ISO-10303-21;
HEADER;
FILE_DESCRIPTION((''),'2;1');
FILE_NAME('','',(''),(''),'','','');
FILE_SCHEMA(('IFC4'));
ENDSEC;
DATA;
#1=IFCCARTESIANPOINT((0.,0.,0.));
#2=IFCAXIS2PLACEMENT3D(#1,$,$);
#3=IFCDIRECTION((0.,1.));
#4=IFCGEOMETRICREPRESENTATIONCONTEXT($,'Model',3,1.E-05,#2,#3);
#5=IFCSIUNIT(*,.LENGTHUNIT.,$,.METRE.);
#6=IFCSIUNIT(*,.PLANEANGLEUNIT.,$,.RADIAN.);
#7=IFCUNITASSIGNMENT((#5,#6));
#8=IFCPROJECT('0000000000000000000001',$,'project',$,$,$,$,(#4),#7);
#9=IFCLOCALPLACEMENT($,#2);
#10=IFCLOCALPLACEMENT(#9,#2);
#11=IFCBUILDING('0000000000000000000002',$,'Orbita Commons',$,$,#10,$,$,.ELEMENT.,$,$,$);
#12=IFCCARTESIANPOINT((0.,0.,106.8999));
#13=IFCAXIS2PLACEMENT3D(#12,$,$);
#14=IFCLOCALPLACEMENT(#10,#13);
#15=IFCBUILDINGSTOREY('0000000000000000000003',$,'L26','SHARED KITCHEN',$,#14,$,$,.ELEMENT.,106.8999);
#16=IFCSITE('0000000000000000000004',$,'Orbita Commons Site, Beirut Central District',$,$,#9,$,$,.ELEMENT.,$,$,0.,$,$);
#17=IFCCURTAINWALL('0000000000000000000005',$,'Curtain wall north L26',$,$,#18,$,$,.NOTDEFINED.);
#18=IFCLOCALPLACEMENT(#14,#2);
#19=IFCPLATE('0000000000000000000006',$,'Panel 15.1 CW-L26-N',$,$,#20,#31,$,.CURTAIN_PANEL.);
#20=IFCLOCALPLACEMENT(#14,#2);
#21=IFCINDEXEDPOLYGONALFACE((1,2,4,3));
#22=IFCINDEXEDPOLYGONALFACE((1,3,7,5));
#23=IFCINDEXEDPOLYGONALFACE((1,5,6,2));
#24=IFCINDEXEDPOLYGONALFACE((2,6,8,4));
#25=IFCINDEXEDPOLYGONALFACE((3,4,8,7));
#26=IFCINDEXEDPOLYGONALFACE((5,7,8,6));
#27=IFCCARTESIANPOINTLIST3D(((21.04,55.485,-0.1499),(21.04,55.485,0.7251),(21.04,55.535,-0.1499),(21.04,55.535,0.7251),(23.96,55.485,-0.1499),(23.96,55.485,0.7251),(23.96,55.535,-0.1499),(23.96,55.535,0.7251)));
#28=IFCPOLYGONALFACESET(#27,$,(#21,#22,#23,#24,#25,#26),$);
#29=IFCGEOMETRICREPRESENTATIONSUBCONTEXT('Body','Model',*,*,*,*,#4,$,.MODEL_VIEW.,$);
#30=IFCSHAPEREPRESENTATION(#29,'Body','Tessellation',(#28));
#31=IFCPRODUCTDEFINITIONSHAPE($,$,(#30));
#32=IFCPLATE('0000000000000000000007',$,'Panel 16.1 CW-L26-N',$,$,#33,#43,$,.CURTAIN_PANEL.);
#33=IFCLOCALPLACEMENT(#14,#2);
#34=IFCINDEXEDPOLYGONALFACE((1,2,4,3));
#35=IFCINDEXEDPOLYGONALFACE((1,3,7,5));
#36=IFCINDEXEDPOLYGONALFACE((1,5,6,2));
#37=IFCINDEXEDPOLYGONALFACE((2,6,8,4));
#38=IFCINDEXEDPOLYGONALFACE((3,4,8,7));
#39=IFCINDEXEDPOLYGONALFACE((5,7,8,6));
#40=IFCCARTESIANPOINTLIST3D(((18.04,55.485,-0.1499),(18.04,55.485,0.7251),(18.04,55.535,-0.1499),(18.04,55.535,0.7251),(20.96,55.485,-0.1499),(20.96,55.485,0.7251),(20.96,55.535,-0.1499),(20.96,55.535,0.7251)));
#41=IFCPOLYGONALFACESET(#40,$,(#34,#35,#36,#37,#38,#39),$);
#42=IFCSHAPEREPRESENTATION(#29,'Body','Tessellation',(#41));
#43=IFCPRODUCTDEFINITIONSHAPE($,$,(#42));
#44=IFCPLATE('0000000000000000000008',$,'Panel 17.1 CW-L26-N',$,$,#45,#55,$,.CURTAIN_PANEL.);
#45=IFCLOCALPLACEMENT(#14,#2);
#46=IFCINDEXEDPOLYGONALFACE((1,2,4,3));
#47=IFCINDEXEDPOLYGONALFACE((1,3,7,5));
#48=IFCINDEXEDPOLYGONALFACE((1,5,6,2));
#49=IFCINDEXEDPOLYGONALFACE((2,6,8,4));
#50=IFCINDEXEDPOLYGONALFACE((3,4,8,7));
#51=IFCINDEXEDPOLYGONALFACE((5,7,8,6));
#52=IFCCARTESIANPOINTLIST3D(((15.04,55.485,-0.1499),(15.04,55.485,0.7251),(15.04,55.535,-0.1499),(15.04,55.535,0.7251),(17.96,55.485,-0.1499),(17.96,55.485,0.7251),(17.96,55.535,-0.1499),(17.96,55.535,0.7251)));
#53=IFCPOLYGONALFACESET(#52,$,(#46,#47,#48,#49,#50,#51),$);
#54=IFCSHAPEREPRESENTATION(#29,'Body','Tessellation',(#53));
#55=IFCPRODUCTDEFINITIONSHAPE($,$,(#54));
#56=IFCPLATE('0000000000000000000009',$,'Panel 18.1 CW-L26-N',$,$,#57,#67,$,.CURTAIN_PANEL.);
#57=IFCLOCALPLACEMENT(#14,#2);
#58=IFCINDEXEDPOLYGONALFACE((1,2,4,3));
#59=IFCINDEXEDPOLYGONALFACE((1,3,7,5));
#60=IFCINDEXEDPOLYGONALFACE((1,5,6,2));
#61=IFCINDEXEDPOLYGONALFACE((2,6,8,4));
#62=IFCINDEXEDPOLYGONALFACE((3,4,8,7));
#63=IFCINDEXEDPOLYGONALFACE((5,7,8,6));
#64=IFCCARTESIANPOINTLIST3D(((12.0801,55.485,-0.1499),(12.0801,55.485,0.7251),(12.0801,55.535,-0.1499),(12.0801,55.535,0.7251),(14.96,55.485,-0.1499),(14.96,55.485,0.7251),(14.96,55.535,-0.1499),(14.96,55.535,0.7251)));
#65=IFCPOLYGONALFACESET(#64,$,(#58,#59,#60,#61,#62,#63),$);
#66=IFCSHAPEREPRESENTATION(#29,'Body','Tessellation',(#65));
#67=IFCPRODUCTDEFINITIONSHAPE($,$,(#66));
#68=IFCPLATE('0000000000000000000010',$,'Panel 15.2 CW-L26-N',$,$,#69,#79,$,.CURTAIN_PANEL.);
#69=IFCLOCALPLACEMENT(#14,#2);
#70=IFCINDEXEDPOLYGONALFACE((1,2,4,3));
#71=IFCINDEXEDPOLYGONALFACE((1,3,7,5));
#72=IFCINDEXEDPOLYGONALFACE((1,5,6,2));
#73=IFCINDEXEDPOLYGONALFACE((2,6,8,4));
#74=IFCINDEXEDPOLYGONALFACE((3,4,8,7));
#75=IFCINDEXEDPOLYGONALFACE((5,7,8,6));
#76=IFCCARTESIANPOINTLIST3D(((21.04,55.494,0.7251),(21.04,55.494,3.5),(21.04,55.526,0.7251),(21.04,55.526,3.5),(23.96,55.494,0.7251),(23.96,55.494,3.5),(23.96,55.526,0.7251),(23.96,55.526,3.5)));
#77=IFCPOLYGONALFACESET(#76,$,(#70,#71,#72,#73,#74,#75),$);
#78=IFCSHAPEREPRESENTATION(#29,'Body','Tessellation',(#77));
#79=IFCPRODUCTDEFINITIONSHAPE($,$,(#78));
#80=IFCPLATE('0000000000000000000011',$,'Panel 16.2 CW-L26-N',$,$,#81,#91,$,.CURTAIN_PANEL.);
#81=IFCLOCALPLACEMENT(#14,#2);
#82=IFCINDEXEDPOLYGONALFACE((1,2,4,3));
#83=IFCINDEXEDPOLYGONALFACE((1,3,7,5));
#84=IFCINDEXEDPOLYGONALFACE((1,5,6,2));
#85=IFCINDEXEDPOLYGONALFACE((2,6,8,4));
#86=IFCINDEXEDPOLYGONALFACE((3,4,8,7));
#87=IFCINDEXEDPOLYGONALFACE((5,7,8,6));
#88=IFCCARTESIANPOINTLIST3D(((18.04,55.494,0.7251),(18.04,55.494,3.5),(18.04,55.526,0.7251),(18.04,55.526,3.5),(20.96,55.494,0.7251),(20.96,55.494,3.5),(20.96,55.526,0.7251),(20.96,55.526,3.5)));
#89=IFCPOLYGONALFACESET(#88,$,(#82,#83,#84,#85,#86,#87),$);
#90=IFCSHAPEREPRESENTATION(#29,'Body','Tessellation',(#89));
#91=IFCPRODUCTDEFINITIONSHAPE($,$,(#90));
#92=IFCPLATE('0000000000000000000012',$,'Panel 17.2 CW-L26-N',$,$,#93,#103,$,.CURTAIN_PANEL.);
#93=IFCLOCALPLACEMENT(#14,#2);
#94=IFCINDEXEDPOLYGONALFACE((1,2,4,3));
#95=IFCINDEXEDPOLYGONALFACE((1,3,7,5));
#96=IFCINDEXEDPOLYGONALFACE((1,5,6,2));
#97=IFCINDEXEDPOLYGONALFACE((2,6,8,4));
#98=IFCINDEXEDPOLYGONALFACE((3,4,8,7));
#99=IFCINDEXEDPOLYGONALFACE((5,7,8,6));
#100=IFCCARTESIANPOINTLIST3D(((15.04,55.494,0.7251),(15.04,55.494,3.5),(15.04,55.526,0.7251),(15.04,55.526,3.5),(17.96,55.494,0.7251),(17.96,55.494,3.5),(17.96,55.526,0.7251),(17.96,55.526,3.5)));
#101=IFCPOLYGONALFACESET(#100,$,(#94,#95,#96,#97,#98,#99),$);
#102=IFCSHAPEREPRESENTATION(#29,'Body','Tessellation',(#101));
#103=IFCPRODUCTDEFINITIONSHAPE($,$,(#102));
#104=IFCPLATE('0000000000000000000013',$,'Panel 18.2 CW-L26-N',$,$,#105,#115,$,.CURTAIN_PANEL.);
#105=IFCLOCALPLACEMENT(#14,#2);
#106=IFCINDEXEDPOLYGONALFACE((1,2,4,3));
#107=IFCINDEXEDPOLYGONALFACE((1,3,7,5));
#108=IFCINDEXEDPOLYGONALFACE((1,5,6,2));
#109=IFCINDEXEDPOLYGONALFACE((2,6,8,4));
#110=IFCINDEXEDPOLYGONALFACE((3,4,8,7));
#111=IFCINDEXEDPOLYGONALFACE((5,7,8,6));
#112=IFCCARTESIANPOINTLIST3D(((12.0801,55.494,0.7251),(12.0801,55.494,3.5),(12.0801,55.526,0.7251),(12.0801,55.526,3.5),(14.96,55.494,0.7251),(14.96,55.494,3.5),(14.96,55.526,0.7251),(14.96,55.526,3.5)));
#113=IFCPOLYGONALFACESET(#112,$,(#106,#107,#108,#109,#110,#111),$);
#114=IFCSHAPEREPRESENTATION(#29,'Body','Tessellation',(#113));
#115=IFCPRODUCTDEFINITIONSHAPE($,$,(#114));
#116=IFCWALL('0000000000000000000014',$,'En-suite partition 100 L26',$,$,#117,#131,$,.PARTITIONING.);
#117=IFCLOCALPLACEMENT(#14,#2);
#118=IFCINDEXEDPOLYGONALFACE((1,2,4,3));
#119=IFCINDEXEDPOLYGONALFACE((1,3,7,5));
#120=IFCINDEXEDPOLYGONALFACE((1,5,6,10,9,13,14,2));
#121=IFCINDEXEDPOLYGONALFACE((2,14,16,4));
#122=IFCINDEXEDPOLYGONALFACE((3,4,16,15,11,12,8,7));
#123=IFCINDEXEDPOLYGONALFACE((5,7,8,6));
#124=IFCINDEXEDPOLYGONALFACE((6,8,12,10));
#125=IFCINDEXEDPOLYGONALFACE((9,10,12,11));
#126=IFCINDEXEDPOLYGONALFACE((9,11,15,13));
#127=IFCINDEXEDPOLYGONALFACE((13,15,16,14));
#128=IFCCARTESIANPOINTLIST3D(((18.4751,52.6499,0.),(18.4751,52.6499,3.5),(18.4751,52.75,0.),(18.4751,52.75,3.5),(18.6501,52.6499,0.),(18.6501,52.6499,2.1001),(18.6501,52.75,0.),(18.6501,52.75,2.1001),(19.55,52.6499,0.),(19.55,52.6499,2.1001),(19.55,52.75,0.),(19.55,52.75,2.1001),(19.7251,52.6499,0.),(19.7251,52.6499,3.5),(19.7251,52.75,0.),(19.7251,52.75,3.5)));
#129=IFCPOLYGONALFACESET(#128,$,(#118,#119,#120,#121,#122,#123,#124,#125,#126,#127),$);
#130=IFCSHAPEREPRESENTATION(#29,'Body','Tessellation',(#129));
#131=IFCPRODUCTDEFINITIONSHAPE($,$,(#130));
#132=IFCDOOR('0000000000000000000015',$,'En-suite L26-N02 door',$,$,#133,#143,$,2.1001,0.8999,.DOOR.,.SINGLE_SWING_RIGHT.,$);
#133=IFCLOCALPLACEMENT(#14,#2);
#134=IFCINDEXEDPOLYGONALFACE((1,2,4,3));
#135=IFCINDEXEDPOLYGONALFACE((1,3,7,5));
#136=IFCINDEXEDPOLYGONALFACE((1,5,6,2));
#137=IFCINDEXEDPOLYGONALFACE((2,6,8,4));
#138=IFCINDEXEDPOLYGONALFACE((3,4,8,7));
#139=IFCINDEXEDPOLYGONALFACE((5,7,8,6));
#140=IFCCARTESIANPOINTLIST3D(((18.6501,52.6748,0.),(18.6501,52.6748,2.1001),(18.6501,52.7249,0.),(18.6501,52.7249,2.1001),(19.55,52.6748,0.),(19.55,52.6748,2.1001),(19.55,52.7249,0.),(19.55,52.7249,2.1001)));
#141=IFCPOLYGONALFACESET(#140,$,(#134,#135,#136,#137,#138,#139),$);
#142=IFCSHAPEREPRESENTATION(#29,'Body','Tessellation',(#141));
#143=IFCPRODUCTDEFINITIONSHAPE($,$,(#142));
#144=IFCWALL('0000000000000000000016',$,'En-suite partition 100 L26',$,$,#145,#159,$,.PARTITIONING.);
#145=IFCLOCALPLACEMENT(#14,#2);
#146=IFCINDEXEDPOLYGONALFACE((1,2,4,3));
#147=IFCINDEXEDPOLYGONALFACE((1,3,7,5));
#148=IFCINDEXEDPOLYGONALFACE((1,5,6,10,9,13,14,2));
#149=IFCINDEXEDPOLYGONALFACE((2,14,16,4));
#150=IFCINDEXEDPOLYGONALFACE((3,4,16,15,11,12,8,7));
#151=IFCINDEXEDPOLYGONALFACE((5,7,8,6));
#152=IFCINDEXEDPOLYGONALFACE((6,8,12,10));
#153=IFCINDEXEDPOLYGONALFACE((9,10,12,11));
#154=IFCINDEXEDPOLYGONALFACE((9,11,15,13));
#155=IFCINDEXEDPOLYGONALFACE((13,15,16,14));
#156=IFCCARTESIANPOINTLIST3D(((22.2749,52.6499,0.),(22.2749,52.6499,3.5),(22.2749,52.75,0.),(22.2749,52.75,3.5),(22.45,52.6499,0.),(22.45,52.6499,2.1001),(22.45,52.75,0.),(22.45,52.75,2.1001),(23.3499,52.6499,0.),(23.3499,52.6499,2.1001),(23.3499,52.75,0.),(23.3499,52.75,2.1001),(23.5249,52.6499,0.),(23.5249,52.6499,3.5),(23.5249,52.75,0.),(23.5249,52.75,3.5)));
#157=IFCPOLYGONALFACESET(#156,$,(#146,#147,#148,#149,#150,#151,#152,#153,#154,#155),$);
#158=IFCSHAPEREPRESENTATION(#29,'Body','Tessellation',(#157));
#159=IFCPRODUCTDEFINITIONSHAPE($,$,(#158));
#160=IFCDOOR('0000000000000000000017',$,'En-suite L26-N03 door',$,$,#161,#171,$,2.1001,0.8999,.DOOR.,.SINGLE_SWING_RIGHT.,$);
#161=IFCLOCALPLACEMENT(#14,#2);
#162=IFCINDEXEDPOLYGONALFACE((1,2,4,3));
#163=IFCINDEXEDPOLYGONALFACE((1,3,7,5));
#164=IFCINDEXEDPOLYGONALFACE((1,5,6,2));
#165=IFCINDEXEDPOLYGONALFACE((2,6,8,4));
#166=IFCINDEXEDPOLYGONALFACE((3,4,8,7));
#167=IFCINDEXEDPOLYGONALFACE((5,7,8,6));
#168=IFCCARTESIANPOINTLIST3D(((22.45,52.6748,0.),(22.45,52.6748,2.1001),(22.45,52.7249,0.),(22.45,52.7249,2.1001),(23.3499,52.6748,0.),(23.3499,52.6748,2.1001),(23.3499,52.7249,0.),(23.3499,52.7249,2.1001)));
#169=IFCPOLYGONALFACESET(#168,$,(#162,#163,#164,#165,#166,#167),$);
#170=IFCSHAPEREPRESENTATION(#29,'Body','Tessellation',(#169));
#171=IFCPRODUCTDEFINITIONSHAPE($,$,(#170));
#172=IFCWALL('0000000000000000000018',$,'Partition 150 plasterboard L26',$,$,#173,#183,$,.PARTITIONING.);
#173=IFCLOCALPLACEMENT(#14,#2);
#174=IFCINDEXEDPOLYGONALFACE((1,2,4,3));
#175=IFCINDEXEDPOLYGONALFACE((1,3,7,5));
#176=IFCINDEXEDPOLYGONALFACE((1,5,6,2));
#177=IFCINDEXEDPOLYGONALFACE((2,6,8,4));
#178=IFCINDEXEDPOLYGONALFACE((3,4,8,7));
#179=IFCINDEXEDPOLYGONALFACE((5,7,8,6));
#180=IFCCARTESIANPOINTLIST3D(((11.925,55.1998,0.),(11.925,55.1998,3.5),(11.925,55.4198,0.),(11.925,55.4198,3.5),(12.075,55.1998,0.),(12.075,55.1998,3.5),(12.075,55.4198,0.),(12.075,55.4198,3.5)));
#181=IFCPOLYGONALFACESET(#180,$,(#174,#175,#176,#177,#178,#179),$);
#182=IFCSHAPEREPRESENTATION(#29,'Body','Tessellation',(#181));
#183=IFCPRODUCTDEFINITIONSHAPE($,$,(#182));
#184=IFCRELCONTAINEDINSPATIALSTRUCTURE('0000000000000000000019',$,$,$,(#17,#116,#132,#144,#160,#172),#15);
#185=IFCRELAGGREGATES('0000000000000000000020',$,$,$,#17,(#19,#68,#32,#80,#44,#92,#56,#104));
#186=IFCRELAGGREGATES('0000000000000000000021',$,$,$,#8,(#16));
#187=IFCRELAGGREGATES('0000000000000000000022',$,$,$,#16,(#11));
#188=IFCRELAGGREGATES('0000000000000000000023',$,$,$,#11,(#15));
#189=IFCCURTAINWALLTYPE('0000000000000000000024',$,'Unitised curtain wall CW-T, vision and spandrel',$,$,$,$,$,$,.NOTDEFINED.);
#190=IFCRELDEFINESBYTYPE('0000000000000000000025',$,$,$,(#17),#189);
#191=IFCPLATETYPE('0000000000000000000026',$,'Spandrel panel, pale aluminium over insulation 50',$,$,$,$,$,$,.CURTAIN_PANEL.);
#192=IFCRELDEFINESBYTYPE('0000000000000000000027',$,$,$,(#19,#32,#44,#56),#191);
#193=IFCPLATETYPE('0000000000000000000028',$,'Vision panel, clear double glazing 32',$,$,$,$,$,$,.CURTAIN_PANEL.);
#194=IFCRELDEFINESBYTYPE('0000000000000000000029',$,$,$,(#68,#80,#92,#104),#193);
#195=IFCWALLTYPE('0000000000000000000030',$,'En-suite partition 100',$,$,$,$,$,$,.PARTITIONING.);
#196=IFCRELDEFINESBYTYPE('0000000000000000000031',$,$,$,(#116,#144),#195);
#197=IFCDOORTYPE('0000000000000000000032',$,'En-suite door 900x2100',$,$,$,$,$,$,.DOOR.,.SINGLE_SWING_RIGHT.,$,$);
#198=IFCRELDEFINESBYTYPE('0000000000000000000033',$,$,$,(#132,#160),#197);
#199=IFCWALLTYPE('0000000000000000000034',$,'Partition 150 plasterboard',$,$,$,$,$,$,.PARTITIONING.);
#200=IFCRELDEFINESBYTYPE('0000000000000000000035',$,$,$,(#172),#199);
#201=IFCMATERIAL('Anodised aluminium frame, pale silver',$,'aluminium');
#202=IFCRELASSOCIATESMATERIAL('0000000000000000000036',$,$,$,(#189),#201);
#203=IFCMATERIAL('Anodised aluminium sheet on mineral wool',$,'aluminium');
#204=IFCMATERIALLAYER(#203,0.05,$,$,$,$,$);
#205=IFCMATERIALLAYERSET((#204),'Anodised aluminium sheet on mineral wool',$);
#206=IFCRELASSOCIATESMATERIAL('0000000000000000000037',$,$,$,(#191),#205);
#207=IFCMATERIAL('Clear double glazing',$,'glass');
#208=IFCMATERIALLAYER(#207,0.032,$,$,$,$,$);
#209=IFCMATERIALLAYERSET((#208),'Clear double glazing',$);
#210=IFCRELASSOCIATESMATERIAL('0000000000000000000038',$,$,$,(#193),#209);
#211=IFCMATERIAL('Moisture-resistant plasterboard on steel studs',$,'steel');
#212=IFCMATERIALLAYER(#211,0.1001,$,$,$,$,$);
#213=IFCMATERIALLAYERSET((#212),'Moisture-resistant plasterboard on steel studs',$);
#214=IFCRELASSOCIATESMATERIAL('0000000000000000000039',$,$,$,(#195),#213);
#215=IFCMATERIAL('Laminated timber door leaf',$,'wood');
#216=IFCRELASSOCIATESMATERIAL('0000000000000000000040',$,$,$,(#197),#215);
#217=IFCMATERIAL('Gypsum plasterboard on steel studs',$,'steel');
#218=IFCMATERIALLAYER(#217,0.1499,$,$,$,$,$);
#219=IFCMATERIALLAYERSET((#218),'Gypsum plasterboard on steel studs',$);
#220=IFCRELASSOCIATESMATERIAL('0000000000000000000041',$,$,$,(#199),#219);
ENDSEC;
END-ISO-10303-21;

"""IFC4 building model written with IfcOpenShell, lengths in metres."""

from ifc_helpers import new_model, si_unit, direction, frame, frame_2d, origin, origin_2d, place, context, subcontext, project, spatial, rectangle, extrude, material, layer, layer_set, type_object, element, fill, aggregate, save


model = new_model("IFC4")

# Units and contexts
model_context = context("Model", 3, precision=1e-05, world=origin(), true_north=direction((0.0, 1.0)))
body_context = subcontext(model_context, "Body", "Model", "MODEL_VIEW")
ifc_project = project(units=[si_unit("LENGTHUNIT", "METRE"), si_unit("PLANEANGLEUNIT", "RADIAN")], contexts=[model_context])

# Site, building, storey
site_placement = place(None, origin())
site = spatial("IfcSite", under=ifc_project, at=site_placement, Name="Orbita Commons Site, Beirut Central District", CompositionType="ELEMENT", RefElevation=0.0)
building_placement = place(site_placement, origin())
building = spatial("IfcBuilding", under=site, at=building_placement, Name="Orbita Commons", CompositionType="ELEMENT")
storey_placement = place(building_placement, frame((0.0, 0.0, 106.8999)))
storey = spatial("IfcBuildingStorey", under=building, at=storey_placement, Name="L26", Description="SHARED KITCHEN", CompositionType="ELEMENT", Elevation=106.8999)

# Curtain wall
ifc_material_1 = material(Name="Anodised aluminium frame, pale silver", Category="aluminium")
curtain_wall_type = type_object("IfcCurtainWallType", Name="Unitised curtain wall CW-T, vision and spandrel", PredefinedType="NOTDEFINED", material=ifc_material_1)
curtain_wall_placement = place(storey_placement, origin())
curtain_wall = element("IfcCurtainWall", 1, at=curtain_wall_placement, inside=storey, type_object=curtain_wall_type, Name="Curtain wall north L26", PredefinedType="NOTDEFINED")

# Plates
ifc_material_2 = material(Name="Anodised aluminium sheet on mineral wool", Category="aluminium")
ifc_layer_1 = layer(ifc_material_2, 0.05)
ifc_layer_set_1 = layer_set([ifc_layer_1], Name="Anodised aluminium sheet on mineral wool")
plate_type_1 = type_object("IfcPlateType", Name="Spandrel panel, pale aluminium over insulation 50", PredefinedType="CURTAIN_PANEL", material=ifc_layer_set_1)
plate_1_placement = place(storey_placement, frame((22.5, 55.51, -0.1499), z_axis=(0.0, 0.0, 1.0), x_axis=(-1.0, 0.0, 0.0)))
plate_1 = element("IfcPlate", 2, at=plate_1_placement, type_object=plate_type_1, Name="Panel 15.1 CW-L26-N", PredefinedType="CURTAIN_PANEL", context=body_context, shape_type="SweptSolid", body=[
    extrude(rectangle(XDim=2.9199, YDim=0.05, at=origin_2d()), origin(), (0.0, 0.0, 1.0), 0.875),
])
plate_2_placement = place(storey_placement, frame((19.5, 55.51, -0.1499), z_axis=(0.0, 0.0, 1.0), x_axis=(-1.0, 0.0, 0.0)))
plate_2 = element("IfcPlate", 3, at=plate_2_placement, type_object=plate_type_1, Name="Panel 16.1 CW-L26-N", PredefinedType="CURTAIN_PANEL", context=body_context, shape_type="SweptSolid", body=[
    extrude(rectangle(XDim=2.9199, YDim=0.05, at=origin_2d()), origin(), (0.0, 0.0, 1.0), 0.875),
])
plate_3_placement = place(storey_placement, frame((16.5, 55.51, -0.1499), z_axis=(0.0, 0.0, 1.0), x_axis=(-1.0, 0.0, 0.0)))
plate_3 = element("IfcPlate", 4, at=plate_3_placement, type_object=plate_type_1, Name="Panel 17.1 CW-L26-N", PredefinedType="CURTAIN_PANEL", context=body_context, shape_type="SweptSolid", body=[
    extrude(rectangle(XDim=2.9199, YDim=0.05, at=origin_2d()), origin(), (0.0, 0.0, 1.0), 0.875),
])
plate_4_placement = place(storey_placement, frame((13.52, 55.51, -0.1499), z_axis=(0.0, 0.0, 1.0), x_axis=(-1.0, 0.0, 0.0)))
plate_4 = element("IfcPlate", 5, at=plate_4_placement, type_object=plate_type_1, Name="Panel 18.1 CW-L26-N", PredefinedType="CURTAIN_PANEL", context=body_context, shape_type="SweptSolid", body=[
    extrude(rectangle(XDim=2.8799, YDim=0.05, at=origin_2d()), origin(), (0.0, 0.0, 1.0), 0.875),
])
ifc_material_3 = material(Name="Clear double glazing", Category="glass")
ifc_layer_2 = layer(ifc_material_3, 0.032)
ifc_layer_set_2 = layer_set([ifc_layer_2], Name="Clear double glazing")
plate_type_2 = type_object("IfcPlateType", Name="Vision panel, clear double glazing 32", PredefinedType="CURTAIN_PANEL", material=ifc_layer_set_2)
plate_5_placement = place(storey_placement, frame((22.5, 55.51, 0.7251), z_axis=(0.0, 0.0, 1.0), x_axis=(-1.0, 0.0, 0.0)))
plate_5 = element("IfcPlate", 6, at=plate_5_placement, type_object=plate_type_2, Name="Panel 15.2 CW-L26-N", PredefinedType="CURTAIN_PANEL", context=body_context, shape_type="SweptSolid", body=[
    extrude(rectangle(XDim=2.9199, YDim=0.032, at=origin_2d()), origin(), (0.0, 0.0, 1.0), 2.7749),
])
plate_6_placement = place(storey_placement, frame((19.5, 55.51, 0.7251), z_axis=(0.0, 0.0, 1.0), x_axis=(-1.0, 0.0, 0.0)))
plate_6 = element("IfcPlate", 7, at=plate_6_placement, type_object=plate_type_2, Name="Panel 16.2 CW-L26-N", PredefinedType="CURTAIN_PANEL", context=body_context, shape_type="SweptSolid", body=[
    extrude(rectangle(XDim=2.9199, YDim=0.032, at=origin_2d()), origin(), (0.0, 0.0, 1.0), 2.7749),
])
plate_7_placement = place(storey_placement, frame((16.5, 55.51, 0.7251), z_axis=(0.0, 0.0, 1.0), x_axis=(-1.0, 0.0, 0.0)))
plate_7 = element("IfcPlate", 8, at=plate_7_placement, type_object=plate_type_2, Name="Panel 17.2 CW-L26-N", PredefinedType="CURTAIN_PANEL", context=body_context, shape_type="SweptSolid", body=[
    extrude(rectangle(XDim=2.9199, YDim=0.032, at=origin_2d()), origin(), (0.0, 0.0, 1.0), 2.7749),
])
plate_8_placement = place(storey_placement, frame((13.52, 55.51, 0.7251), z_axis=(0.0, 0.0, 1.0), x_axis=(-1.0, 0.0, 0.0)))
plate_8 = element("IfcPlate", 9, at=plate_8_placement, type_object=plate_type_2, Name="Panel 18.2 CW-L26-N", PredefinedType="CURTAIN_PANEL", context=body_context, shape_type="SweptSolid", body=[
    extrude(rectangle(XDim=2.8799, YDim=0.032, at=origin_2d()), origin(), (0.0, 0.0, 1.0), 2.7749),
])
aggregate(curtain_wall, [plate_1, plate_5, plate_2, plate_6, plate_3, plate_7, plate_4, plate_8])

# Walls, openings, doors
ifc_material_4 = material(Name="Moisture-resistant plasterboard on steel studs", Category="steel")
ifc_layer_3 = layer(ifc_material_4, 0.1001)
ifc_layer_set_3 = layer_set([ifc_layer_3], Name="Moisture-resistant plasterboard on steel studs")
wall_type_1 = type_object("IfcWallType", Name="En-suite partition 100", PredefinedType="PARTITIONING", material=ifc_layer_set_3)
wall_1_placement = place(storey_placement, frame((18.4751, 52.7, 0.0), z_axis=(0.0, 0.0, 1.0), x_axis=(1.0, 0.0, 0.0)))
wall_1 = element("IfcWall", 10, at=wall_1_placement, inside=storey, type_object=wall_type_1, Name="En-suite partition 100 L26", PredefinedType="PARTITIONING", context=body_context, shape_type="SweptSolid", body=[
    extrude(rectangle(XDim=1.25, YDim=0.1001, at=frame_2d((0.625, 0.0))), origin(), (0.0, 0.0, 1.0), 3.5),
])
opening_1_placement = place(wall_1_placement, frame((0.175, 0.0, 0.0)))
opening_1 = element("IfcOpeningElement", 11, at=opening_1_placement, cuts=wall_1, PredefinedType="OPENING", context=body_context, shape_type="SweptSolid", body=[
    extrude(rectangle(XDim=0.8999, YDim=2.1001, at=frame_2d((0.45, 1.05))), frame((0.0, 0.0601, 0.0), z_axis=(0.0, -1.0, 0.0), x_axis=(1.0, 0.0, 0.0)), (0.0, 0.0, 1.0), 0.1201),
])
ifc_material_5 = material(Name="Laminated timber door leaf", Category="wood")
door_type = type_object("IfcDoorType", Name="En-suite door 900x2100", OperationType="SINGLE_SWING_RIGHT", PredefinedType="DOOR", material=ifc_material_5)
door_1_placement = place(opening_1_placement, origin())
door_1 = element("IfcDoor", 12, at=door_1_placement, inside=storey, type_object=door_type, Name="En-suite L26-N02 door", OperationType="SINGLE_SWING_RIGHT", OverallHeight=2.1001, OverallWidth=0.8999, PredefinedType="DOOR", context=body_context, shape_type="SweptSolid", body=[
    extrude(rectangle(XDim=0.8999, YDim=2.1001, at=frame_2d((0.45, 1.05))), frame((0.0, 0.0249, 0.0), z_axis=(0.0, -1.0, 0.0), x_axis=(1.0, 0.0, 0.0)), (0.0, 0.0, 1.0), 0.05),
])
fill(opening_1, door_1)
wall_2_placement = place(storey_placement, frame((22.2749, 52.7, 0.0), z_axis=(0.0, 0.0, 1.0), x_axis=(1.0, 0.0, 0.0)))
wall_2 = element("IfcWall", 13, at=wall_2_placement, inside=storey, type_object=wall_type_1, Name="En-suite partition 100 L26", PredefinedType="PARTITIONING", context=body_context, shape_type="SweptSolid", body=[
    extrude(rectangle(XDim=1.25, YDim=0.1001, at=frame_2d((0.625, 0.0))), origin(), (0.0, 0.0, 1.0), 3.5),
])
opening_2_placement = place(wall_2_placement, frame((0.175, 0.0, 0.0)))
opening_2 = element("IfcOpeningElement", 14, at=opening_2_placement, cuts=wall_2, PredefinedType="OPENING", context=body_context, shape_type="SweptSolid", body=[
    extrude(rectangle(XDim=0.8999, YDim=2.1001, at=frame_2d((0.45, 1.05))), frame((0.0, 0.0601, 0.0), z_axis=(0.0, -1.0, 0.0), x_axis=(1.0, 0.0, 0.0)), (0.0, 0.0, 1.0), 0.1201),
])
door_2_placement = place(opening_2_placement, origin())
door_2 = element("IfcDoor", 15, at=door_2_placement, inside=storey, type_object=door_type, Name="En-suite L26-N03 door", OperationType="SINGLE_SWING_RIGHT", OverallHeight=2.1001, OverallWidth=0.8999, PredefinedType="DOOR", context=body_context, shape_type="SweptSolid", body=[
    extrude(rectangle(XDim=0.8999, YDim=2.1001, at=frame_2d((0.45, 1.05))), frame((0.0, 0.0249, 0.0), z_axis=(0.0, -1.0, 0.0), x_axis=(1.0, 0.0, 0.0)), (0.0, 0.0, 1.0), 0.05),
])
fill(opening_2, door_2)

# Wall
ifc_material_6 = material(Name="Gypsum plasterboard on steel studs", Category="steel")
ifc_layer_4 = layer(ifc_material_6, 0.1499)
ifc_layer_set_4 = layer_set([ifc_layer_4], Name="Gypsum plasterboard on steel studs")
wall_type_2 = type_object("IfcWallType", Name="Partition 150 plasterboard", PredefinedType="PARTITIONING", material=ifc_layer_set_4)
wall_3_placement = place(storey_placement, frame((12.0, 55.2, 0.0), z_axis=(0.0, 0.0, 1.0), x_axis=(0.0, 1.0, 0.0)))
element("IfcWall", 16, at=wall_3_placement, inside=storey, type_object=wall_type_2, Name="Partition 150 plasterboard L26", PredefinedType="PARTITIONING", context=body_context, shape_type="SweptSolid", body=[
    extrude(rectangle(XDim=0.22, YDim=0.1499, at=frame_2d((0.1099, 0.0))), origin(), (0.0, 0.0, 1.0), 3.5),
])

save(model, "model.ifc")
